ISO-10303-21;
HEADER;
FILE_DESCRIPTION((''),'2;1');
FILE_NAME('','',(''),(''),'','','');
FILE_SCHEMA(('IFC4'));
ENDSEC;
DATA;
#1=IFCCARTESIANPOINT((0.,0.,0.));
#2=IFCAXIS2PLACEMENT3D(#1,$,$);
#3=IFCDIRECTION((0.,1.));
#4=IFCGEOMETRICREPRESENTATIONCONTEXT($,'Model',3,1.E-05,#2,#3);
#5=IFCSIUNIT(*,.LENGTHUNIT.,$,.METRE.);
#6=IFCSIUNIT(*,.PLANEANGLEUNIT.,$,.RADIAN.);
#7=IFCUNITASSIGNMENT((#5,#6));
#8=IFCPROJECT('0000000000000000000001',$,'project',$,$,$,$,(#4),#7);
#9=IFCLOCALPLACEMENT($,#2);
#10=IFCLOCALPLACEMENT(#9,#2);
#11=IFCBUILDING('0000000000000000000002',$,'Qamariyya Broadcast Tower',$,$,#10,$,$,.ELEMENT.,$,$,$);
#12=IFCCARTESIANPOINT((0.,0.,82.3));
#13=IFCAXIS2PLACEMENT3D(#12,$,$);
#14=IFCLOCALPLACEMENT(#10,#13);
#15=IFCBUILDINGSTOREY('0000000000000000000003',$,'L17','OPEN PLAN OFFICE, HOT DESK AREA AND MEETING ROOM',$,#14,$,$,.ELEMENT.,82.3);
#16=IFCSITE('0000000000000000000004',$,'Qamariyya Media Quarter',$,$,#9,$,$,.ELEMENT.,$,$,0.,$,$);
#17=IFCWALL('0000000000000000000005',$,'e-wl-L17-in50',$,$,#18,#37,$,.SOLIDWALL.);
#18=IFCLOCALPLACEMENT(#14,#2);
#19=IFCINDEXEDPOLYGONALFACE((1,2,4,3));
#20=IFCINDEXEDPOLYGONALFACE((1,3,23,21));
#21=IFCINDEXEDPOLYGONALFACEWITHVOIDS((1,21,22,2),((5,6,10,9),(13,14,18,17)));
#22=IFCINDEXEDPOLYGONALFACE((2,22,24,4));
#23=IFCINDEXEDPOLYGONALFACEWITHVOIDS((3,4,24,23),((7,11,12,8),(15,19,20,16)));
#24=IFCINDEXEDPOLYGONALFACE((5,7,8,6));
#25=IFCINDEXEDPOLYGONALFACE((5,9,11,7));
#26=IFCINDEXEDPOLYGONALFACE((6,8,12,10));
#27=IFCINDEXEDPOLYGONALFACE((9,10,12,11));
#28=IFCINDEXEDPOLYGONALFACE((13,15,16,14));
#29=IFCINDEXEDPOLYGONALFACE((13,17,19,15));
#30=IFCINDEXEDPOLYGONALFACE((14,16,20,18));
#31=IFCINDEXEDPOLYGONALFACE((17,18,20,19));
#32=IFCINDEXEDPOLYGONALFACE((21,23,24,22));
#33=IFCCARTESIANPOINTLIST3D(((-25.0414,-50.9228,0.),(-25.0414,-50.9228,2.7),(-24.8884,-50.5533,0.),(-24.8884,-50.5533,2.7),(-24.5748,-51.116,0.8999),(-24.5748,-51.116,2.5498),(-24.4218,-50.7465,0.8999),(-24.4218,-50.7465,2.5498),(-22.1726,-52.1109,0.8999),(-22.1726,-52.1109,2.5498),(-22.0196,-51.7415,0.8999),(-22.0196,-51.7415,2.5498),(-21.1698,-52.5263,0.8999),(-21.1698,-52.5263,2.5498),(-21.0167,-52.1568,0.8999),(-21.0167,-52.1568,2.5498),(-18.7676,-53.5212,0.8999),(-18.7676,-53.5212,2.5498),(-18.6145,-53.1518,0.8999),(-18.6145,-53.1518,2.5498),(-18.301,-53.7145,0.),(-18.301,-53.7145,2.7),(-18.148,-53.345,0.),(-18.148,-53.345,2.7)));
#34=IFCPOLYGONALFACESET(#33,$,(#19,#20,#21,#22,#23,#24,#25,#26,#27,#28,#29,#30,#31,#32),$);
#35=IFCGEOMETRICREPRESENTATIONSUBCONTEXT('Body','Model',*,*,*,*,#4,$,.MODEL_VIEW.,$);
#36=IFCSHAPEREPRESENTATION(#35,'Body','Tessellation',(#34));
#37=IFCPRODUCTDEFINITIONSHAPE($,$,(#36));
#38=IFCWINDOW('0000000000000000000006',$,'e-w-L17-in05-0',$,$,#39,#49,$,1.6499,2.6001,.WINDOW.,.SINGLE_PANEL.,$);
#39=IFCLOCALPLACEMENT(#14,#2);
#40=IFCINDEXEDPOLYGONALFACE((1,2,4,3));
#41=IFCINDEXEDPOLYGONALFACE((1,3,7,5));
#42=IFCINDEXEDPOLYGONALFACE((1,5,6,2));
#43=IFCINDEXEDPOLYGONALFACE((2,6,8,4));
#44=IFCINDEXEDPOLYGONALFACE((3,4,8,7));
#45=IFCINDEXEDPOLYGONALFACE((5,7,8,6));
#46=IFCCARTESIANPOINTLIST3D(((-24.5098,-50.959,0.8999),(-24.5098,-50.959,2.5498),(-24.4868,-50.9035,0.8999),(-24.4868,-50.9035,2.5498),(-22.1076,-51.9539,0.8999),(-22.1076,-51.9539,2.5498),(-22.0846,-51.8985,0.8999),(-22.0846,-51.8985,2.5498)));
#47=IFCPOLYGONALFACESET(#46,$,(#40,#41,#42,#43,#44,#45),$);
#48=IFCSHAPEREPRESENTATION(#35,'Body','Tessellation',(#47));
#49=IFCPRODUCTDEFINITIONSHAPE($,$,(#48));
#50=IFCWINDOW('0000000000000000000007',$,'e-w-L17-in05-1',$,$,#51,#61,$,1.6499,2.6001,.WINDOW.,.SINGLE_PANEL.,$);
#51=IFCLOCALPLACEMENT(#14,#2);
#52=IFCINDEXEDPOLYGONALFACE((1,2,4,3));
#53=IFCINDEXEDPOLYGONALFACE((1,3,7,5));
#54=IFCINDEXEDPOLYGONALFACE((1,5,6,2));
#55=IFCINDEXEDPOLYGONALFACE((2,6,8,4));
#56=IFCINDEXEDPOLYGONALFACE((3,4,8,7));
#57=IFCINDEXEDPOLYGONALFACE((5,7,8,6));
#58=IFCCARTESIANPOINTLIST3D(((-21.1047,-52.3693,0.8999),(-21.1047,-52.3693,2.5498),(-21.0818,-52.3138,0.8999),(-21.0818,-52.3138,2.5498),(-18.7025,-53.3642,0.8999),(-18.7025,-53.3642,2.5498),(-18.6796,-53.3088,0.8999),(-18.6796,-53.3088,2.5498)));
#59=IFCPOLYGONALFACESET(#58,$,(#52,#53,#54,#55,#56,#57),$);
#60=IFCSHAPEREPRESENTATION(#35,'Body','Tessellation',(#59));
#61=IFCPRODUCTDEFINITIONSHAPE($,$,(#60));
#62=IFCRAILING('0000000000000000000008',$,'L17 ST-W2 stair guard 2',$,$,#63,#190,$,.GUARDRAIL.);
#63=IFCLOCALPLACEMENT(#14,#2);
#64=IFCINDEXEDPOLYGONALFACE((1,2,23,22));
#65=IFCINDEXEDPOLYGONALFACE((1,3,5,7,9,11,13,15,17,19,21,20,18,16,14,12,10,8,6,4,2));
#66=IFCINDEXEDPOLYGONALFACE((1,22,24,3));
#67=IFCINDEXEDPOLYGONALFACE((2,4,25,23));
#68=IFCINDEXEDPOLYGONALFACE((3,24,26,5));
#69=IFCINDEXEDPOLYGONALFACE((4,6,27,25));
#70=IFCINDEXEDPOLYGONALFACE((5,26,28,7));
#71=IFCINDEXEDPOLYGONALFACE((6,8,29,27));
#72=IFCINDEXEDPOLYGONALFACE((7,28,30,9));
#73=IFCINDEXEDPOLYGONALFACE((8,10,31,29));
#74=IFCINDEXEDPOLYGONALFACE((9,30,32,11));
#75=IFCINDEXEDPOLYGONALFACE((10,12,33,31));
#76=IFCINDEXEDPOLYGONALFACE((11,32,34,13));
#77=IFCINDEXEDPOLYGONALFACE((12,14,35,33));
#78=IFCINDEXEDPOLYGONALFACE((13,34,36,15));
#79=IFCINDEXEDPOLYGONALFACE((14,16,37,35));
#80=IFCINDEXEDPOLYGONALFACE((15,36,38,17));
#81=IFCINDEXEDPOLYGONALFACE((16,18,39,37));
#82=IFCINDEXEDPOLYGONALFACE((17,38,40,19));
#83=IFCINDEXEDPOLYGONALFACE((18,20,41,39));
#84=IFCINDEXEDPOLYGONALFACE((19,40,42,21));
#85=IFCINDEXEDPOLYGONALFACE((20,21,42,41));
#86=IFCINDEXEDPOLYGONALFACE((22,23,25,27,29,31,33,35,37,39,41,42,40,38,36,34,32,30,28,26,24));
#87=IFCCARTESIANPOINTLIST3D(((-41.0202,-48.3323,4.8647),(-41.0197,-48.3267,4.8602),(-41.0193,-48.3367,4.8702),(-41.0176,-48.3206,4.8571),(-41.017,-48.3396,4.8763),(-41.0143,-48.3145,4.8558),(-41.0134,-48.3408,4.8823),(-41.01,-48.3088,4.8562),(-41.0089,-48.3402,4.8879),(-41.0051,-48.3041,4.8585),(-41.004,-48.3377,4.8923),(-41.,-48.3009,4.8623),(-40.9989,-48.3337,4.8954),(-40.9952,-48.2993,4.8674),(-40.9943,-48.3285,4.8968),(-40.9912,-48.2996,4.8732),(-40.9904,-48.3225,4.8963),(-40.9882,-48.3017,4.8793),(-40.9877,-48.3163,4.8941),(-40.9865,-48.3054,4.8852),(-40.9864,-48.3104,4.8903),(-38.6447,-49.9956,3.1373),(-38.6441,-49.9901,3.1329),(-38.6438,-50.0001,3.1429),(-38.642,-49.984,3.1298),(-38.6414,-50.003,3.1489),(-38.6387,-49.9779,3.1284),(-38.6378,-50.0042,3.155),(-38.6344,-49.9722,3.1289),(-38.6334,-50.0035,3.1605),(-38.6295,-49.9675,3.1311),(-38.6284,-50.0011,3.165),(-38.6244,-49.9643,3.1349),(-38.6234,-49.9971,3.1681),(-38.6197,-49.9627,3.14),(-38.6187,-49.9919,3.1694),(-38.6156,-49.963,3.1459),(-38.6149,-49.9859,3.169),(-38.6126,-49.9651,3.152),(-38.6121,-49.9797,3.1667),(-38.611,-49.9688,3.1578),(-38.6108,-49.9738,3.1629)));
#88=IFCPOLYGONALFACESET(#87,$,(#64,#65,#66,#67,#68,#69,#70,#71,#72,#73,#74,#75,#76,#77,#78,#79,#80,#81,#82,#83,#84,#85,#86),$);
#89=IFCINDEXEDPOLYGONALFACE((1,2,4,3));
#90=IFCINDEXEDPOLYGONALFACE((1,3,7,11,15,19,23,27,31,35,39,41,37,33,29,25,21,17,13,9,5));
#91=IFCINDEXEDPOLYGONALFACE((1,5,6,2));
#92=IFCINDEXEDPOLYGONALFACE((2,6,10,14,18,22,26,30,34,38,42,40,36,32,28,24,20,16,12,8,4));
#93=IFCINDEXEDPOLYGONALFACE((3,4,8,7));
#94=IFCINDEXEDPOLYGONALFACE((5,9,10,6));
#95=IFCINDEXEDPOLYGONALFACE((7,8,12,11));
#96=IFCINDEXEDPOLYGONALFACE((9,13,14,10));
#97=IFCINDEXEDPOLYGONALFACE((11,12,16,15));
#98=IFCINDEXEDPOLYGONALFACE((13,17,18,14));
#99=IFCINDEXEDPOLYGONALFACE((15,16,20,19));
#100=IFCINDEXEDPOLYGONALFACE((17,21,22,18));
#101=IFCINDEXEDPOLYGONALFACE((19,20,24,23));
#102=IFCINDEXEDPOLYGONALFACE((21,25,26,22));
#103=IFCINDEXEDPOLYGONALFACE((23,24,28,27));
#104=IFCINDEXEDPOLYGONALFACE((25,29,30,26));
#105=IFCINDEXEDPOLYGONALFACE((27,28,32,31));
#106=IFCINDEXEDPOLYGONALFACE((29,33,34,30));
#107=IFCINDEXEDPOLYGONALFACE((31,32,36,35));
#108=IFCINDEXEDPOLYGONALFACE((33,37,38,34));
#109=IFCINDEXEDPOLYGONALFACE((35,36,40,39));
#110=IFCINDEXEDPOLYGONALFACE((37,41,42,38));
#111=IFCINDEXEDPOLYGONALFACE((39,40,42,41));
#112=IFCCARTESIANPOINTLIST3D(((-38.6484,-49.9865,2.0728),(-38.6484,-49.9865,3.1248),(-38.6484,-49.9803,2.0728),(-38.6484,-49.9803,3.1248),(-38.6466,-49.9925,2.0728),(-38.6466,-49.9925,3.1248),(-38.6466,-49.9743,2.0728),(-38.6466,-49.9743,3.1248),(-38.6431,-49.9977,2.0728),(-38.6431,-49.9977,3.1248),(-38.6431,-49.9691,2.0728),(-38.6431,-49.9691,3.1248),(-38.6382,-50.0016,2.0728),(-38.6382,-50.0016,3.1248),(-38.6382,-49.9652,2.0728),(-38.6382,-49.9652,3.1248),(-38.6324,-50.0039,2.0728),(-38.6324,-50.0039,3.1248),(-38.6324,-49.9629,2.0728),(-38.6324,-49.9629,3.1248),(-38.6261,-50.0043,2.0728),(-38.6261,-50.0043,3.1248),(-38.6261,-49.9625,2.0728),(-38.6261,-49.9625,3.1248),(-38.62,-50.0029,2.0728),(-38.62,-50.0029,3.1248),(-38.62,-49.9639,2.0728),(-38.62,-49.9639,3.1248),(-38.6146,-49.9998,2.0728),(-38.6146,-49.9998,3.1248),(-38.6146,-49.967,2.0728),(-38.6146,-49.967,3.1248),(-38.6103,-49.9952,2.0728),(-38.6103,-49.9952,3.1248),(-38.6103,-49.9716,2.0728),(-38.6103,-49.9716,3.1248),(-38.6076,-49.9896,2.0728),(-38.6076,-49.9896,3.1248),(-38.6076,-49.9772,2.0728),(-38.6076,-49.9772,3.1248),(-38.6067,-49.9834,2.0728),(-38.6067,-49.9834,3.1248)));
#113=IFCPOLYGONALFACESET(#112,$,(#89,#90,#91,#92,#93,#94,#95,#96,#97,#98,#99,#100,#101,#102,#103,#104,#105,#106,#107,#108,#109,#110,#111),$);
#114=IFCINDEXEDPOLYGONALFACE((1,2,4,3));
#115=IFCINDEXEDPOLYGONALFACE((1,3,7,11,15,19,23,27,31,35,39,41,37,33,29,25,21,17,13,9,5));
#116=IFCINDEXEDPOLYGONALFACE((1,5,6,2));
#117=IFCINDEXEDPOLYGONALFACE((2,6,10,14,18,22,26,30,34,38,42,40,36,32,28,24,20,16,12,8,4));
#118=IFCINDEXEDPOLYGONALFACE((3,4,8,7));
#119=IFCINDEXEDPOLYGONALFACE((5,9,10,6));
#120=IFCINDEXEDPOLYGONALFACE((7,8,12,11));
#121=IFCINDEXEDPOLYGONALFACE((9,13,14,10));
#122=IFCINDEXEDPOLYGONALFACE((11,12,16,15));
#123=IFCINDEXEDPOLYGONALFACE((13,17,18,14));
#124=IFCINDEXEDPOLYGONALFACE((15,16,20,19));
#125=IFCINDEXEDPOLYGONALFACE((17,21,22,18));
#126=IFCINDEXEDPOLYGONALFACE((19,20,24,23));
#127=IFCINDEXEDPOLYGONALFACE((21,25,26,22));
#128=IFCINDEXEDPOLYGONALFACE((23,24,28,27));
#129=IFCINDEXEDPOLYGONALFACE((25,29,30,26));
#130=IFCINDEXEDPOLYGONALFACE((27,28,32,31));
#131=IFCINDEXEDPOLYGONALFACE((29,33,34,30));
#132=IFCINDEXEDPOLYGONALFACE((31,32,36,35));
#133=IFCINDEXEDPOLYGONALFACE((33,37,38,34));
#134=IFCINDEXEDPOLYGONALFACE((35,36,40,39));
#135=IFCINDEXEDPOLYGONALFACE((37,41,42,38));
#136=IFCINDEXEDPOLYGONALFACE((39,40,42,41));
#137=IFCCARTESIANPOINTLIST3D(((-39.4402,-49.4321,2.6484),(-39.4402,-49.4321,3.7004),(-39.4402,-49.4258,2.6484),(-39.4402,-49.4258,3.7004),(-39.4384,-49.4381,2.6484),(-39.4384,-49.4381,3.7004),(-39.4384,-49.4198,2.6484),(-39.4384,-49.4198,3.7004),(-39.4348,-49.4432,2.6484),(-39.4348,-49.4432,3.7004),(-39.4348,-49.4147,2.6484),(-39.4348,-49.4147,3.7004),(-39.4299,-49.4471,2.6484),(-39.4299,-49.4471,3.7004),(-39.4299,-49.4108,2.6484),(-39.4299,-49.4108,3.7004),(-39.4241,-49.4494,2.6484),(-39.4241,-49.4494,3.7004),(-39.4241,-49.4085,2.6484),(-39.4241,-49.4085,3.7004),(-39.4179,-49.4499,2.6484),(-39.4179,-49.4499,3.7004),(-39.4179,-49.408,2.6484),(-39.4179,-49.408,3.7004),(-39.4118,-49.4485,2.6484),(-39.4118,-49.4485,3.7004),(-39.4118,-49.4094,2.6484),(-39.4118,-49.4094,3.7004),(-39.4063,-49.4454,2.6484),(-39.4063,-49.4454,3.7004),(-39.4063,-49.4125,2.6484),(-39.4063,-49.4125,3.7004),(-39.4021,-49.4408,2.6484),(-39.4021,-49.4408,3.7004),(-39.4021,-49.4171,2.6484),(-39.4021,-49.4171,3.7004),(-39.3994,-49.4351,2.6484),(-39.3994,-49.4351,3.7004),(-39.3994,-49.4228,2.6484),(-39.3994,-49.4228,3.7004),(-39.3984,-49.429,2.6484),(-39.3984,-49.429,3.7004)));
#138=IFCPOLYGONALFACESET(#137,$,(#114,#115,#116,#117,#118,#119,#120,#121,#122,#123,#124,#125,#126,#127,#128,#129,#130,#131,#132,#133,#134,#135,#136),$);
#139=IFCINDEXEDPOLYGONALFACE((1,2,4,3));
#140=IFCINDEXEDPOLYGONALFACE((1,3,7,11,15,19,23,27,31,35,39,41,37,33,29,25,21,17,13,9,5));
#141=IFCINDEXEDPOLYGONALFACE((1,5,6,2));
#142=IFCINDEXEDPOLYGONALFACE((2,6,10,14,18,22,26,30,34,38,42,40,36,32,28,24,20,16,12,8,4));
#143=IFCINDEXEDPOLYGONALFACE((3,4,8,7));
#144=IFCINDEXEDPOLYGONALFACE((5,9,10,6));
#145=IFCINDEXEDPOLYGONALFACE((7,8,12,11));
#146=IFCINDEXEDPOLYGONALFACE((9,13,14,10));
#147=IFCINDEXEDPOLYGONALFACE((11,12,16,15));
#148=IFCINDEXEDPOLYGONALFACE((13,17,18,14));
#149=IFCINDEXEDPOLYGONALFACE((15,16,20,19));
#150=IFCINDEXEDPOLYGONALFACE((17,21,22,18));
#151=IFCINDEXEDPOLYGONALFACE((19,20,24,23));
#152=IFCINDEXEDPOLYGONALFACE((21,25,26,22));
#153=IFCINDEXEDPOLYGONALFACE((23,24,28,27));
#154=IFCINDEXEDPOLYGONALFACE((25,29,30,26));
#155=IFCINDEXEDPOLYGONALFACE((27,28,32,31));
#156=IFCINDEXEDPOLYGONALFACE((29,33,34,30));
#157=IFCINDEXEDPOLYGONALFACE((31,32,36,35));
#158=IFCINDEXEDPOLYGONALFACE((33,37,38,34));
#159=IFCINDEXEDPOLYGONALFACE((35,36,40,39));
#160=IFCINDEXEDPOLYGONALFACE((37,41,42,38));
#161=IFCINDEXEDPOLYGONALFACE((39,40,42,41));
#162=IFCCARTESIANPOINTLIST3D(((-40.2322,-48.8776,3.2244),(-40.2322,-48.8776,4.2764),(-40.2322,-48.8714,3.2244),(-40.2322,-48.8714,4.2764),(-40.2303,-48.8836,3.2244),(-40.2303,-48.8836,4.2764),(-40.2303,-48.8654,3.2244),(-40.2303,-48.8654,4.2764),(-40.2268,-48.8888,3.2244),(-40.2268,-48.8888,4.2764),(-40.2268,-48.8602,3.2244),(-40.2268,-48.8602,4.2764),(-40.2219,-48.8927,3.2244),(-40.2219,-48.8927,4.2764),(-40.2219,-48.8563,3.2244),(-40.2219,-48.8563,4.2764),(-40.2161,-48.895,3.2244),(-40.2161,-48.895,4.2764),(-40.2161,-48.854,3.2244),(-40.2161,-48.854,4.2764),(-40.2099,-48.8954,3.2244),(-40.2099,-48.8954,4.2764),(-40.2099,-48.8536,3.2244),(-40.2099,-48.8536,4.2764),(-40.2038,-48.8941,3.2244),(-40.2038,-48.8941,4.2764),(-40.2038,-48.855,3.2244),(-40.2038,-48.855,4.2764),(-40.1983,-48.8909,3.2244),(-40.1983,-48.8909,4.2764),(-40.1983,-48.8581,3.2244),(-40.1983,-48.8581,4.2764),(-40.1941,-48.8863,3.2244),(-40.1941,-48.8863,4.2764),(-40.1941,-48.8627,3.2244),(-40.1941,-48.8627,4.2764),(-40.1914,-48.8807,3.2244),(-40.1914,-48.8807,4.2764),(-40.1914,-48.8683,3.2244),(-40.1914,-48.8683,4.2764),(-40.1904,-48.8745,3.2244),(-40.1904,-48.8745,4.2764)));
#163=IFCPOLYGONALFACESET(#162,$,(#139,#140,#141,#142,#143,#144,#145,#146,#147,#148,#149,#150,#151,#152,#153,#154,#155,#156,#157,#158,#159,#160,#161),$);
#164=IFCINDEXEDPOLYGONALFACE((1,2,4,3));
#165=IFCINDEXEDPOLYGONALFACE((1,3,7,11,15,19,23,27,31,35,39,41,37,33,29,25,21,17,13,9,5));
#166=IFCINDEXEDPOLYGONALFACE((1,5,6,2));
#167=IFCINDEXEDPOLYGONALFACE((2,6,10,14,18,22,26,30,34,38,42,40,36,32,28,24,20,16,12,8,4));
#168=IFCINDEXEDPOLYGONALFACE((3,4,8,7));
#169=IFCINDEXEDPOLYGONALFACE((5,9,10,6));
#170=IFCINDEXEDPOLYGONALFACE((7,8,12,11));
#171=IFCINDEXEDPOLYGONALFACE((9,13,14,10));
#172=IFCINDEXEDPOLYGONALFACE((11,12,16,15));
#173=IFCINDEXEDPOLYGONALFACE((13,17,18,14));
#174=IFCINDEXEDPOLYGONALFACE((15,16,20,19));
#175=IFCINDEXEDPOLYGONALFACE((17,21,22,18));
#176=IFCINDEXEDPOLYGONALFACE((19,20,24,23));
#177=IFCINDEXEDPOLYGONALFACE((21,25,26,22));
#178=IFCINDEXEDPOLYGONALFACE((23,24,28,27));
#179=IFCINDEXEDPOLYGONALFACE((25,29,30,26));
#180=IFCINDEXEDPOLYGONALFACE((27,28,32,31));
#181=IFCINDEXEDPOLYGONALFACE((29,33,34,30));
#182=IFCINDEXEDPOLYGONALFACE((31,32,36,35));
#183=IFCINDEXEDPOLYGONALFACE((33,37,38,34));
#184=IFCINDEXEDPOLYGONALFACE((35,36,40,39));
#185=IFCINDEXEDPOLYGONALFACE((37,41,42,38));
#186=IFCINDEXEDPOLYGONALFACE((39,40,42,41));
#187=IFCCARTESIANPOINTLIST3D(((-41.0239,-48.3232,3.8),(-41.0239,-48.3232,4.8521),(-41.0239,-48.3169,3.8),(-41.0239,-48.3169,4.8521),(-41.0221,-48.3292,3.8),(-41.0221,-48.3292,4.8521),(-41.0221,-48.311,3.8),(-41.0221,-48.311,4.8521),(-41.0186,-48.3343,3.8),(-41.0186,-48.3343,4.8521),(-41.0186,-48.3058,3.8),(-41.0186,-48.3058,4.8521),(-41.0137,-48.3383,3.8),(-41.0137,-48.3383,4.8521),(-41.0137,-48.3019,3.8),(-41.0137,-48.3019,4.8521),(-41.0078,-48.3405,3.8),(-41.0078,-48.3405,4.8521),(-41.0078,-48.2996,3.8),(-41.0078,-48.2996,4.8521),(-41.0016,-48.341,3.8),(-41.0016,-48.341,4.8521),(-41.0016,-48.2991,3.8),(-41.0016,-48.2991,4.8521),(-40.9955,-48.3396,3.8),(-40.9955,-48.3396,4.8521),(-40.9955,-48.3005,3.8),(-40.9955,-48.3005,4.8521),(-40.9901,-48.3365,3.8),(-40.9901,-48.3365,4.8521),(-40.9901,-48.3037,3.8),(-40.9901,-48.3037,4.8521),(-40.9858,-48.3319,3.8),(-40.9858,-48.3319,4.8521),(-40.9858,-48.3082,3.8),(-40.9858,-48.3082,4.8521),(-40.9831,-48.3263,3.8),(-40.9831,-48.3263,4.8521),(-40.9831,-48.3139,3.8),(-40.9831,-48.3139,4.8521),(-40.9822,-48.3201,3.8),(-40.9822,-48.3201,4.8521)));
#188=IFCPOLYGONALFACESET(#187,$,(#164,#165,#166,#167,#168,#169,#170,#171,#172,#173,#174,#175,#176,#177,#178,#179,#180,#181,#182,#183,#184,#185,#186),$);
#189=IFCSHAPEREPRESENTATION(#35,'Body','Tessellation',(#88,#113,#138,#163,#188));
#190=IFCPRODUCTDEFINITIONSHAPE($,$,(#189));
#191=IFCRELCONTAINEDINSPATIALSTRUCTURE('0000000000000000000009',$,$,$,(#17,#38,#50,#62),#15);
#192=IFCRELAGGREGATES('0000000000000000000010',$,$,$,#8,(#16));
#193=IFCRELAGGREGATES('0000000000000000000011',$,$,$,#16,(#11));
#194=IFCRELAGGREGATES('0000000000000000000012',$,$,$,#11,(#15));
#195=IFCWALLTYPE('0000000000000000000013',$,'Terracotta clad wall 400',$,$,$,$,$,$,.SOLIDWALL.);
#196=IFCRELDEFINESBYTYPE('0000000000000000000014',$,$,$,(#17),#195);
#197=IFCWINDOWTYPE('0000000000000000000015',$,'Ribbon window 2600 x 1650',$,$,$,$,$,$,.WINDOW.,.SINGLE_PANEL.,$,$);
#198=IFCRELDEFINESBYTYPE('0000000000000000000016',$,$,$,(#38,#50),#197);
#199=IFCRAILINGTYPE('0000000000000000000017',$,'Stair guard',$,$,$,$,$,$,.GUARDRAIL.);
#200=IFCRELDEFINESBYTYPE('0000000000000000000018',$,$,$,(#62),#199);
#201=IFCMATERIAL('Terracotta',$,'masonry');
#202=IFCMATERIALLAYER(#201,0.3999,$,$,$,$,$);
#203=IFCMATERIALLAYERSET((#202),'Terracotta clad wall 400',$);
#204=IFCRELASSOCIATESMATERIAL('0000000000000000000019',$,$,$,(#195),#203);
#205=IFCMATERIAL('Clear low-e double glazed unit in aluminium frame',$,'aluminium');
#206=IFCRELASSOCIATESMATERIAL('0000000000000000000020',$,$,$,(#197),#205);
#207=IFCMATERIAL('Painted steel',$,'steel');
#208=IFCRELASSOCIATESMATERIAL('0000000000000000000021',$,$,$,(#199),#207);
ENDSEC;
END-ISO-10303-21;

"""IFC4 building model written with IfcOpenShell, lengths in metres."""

from ifc_helpers import new_model, si_unit, direction, frame, frame_2d, origin, origin_2d, place, context, subcontext, project, spatial, rectangle, circle, extrude, material, layer, layer_set, type_object, element, fill, save


model = new_model("IFC4")

# Units and contexts
model_context = context("Model", 3, precision=1e-05, world=origin(), true_north=direction((0.0, 1.0)))
body_context = subcontext(model_context, "Body", "Model", "MODEL_VIEW")
ifc_project = project(units=[si_unit("LENGTHUNIT", "METRE"), si_unit("PLANEANGLEUNIT", "RADIAN")], contexts=[model_context])

# Site, building, storey
site_placement = place(None, origin())
site = spatial("IfcSite", under=ifc_project, at=site_placement, Name="Qamariyya Media Quarter", CompositionType="ELEMENT", RefElevation=0.0)
building_placement = place(site_placement, origin())
building = spatial("IfcBuilding", under=site, at=building_placement, Name="Qamariyya Broadcast Tower", CompositionType="ELEMENT")
storey_placement = place(building_placement, frame((0.0, 0.0, 82.3)))
storey = spatial("IfcBuildingStorey", under=building, at=storey_placement, Name="L17", Description="OPEN PLAN OFFICE, HOT DESK AREA AND MEETING ROOM", CompositionType="ELEMENT", Elevation=82.3)

# Wall, openings, windows
ifc_material_1 = material(Name="Terracotta", Category="masonry")
ifc_layer_1 = layer(ifc_material_1, 0.3999)
ifc_layer_set_1 = layer_set([ifc_layer_1], Name="Terracotta clad wall 400")
wall_type_1 = type_object("IfcWallType", Name="Terracotta clad wall 400", PredefinedType="SOLIDWALL", material=ifc_layer_set_1)
ifc_material_2 = material(Name="Clear low-e double glazed unit in aluminium frame", Category="aluminium")
window_type = type_object("IfcWindowType", Name="Ribbon window 2600 x 1650", PartitioningType="SINGLE_PANEL", PredefinedType="WINDOW", material=ifc_material_2)
wall_1_placement = place(storey_placement, frame((-18.2244, -53.5298, 0.0), z_axis=(0.0, 0.0, 1.0), x_axis=(-0.923892, 0.382654, 0.0)))
wall_1 = element("IfcWall", 1, at=wall_1_placement, inside=storey, type_object=wall_type_1, Name="e-wl-L17-in50", PredefinedType="SOLIDWALL", context=body_context, shape_type="SweptSolid", body=[
    extrude(rectangle(XDim=7.2957, YDim=0.3999, at=frame_2d((3.6479, 0.0))), origin(), (0.0, 0.0, 1.0), 2.7),
])
opening_1_placement = place(wall_1_placement, frame((4.1907, 0.0, 0.8999)))
opening_1 = element("IfcOpeningElement", 2, at=opening_1_placement, cuts=wall_1, PredefinedType="OPENING", context=body_context, shape_type="SweptSolid", body=[
    extrude(rectangle(XDim=2.6001, YDim=1.6499, at=frame_2d((1.3, 0.825))), frame((0.0, 0.21, 0.0), z_axis=(0.0, -1.0, 0.0), x_axis=(1.0, 0.0, 0.0)), (0.0, 0.0, 1.0), 0.4199),
])
opening_2_placement = place(wall_1_placement, frame((0.5051, 0.0, 0.8999)))
opening_2 = element("IfcOpeningElement", 3, at=opening_2_placement, cuts=wall_1, PredefinedType="OPENING", context=body_context, shape_type="SweptSolid", body=[
    extrude(rectangle(XDim=2.6001, YDim=1.6499, at=frame_2d((1.3, 0.825))), frame((0.0, 0.21, 0.0), z_axis=(0.0, -1.0, 0.0), x_axis=(1.0, 0.0, 0.0)), (0.0, 0.0, 1.0), 0.4199),
])
window_1_placement = place(opening_1_placement, origin())
window_1 = element("IfcWindow", 4, at=window_1_placement, inside=storey, type_object=window_type, Name="e-w-L17-in05-0", OverallHeight=1.6499, OverallWidth=2.6001, PartitioningType="SINGLE_PANEL", PredefinedType="WINDOW", context=body_context, shape_type="SweptSolid", body=[
    extrude(rectangle(XDim=2.6001, YDim=1.6499, at=frame_2d((1.3, 0.825))), frame((0.0, 0.03, 0.0), z_axis=(0.0, -1.0, 0.0), x_axis=(1.0, 0.0, 0.0)), (0.0, 0.0, 1.0), 0.0601),
])
fill(opening_1, window_1)
window_2_placement = place(opening_2_placement, origin())
window_2 = element("IfcWindow", 5, at=window_2_placement, inside=storey, type_object=window_type, Name="e-w-L17-in05-1", OverallHeight=1.6499, OverallWidth=2.6001, PartitioningType="SINGLE_PANEL", PredefinedType="WINDOW", context=body_context, shape_type="SweptSolid", body=[
    extrude(rectangle(XDim=2.6001, YDim=1.6499, at=frame_2d((1.3, 0.825))), frame((0.0, 0.03, 0.0), z_axis=(0.0, -1.0, 0.0), x_axis=(1.0, 0.0, 0.0)), (0.0, 0.0, 1.0), 0.0601),
])
fill(opening_2, window_2)

# Railing
ifc_material_3 = material(Name="Painted steel", Category="steel")
railing_type_1 = type_object("IfcRailingType", Name="Stair guard", PredefinedType="GUARDRAIL", material=ifc_material_3)
railing_1_placement = place(storey_placement, frame((-38.6277, -49.9834, 2.0728)))
element("IfcRailing", 6, at=railing_1_placement, inside=storey, type_object=railing_type_1, Name="L17 ST-W2 stair guard 2", PredefinedType="GUARDRAIL", context=body_context, shape_type="SweptSolid", body=[
    extrude(circle(Radius=0.0239, at=origin_2d()), frame((0.0, 0.0, 1.0762), z_axis=(-0.70377, 0.492784, 0.511734), x_axis=(-0.573575, -0.819153, 0.0)), (0.0, 0.0, 1.0), 3.3755),
    extrude(circle(Radius=0.021, at=origin_2d()), origin(), (0.0, 0.0, 1.0), 1.052),
    extrude(circle(Radius=0.021, at=origin_2d()), frame((-0.7917, 0.5544, 0.5757)), (0.0, 0.0, 1.0), 1.052),
    extrude(circle(Radius=0.021, at=origin_2d()), frame((-1.5837, 1.1089, 1.1516)), (0.0, 0.0, 1.0), 1.052),
    extrude(circle(Radius=0.021, at=origin_2d()), frame((-2.3755, 1.6633, 1.7273)), (0.0, 0.0, 1.0), 1.052),
])

save(model, "model.ifc")
